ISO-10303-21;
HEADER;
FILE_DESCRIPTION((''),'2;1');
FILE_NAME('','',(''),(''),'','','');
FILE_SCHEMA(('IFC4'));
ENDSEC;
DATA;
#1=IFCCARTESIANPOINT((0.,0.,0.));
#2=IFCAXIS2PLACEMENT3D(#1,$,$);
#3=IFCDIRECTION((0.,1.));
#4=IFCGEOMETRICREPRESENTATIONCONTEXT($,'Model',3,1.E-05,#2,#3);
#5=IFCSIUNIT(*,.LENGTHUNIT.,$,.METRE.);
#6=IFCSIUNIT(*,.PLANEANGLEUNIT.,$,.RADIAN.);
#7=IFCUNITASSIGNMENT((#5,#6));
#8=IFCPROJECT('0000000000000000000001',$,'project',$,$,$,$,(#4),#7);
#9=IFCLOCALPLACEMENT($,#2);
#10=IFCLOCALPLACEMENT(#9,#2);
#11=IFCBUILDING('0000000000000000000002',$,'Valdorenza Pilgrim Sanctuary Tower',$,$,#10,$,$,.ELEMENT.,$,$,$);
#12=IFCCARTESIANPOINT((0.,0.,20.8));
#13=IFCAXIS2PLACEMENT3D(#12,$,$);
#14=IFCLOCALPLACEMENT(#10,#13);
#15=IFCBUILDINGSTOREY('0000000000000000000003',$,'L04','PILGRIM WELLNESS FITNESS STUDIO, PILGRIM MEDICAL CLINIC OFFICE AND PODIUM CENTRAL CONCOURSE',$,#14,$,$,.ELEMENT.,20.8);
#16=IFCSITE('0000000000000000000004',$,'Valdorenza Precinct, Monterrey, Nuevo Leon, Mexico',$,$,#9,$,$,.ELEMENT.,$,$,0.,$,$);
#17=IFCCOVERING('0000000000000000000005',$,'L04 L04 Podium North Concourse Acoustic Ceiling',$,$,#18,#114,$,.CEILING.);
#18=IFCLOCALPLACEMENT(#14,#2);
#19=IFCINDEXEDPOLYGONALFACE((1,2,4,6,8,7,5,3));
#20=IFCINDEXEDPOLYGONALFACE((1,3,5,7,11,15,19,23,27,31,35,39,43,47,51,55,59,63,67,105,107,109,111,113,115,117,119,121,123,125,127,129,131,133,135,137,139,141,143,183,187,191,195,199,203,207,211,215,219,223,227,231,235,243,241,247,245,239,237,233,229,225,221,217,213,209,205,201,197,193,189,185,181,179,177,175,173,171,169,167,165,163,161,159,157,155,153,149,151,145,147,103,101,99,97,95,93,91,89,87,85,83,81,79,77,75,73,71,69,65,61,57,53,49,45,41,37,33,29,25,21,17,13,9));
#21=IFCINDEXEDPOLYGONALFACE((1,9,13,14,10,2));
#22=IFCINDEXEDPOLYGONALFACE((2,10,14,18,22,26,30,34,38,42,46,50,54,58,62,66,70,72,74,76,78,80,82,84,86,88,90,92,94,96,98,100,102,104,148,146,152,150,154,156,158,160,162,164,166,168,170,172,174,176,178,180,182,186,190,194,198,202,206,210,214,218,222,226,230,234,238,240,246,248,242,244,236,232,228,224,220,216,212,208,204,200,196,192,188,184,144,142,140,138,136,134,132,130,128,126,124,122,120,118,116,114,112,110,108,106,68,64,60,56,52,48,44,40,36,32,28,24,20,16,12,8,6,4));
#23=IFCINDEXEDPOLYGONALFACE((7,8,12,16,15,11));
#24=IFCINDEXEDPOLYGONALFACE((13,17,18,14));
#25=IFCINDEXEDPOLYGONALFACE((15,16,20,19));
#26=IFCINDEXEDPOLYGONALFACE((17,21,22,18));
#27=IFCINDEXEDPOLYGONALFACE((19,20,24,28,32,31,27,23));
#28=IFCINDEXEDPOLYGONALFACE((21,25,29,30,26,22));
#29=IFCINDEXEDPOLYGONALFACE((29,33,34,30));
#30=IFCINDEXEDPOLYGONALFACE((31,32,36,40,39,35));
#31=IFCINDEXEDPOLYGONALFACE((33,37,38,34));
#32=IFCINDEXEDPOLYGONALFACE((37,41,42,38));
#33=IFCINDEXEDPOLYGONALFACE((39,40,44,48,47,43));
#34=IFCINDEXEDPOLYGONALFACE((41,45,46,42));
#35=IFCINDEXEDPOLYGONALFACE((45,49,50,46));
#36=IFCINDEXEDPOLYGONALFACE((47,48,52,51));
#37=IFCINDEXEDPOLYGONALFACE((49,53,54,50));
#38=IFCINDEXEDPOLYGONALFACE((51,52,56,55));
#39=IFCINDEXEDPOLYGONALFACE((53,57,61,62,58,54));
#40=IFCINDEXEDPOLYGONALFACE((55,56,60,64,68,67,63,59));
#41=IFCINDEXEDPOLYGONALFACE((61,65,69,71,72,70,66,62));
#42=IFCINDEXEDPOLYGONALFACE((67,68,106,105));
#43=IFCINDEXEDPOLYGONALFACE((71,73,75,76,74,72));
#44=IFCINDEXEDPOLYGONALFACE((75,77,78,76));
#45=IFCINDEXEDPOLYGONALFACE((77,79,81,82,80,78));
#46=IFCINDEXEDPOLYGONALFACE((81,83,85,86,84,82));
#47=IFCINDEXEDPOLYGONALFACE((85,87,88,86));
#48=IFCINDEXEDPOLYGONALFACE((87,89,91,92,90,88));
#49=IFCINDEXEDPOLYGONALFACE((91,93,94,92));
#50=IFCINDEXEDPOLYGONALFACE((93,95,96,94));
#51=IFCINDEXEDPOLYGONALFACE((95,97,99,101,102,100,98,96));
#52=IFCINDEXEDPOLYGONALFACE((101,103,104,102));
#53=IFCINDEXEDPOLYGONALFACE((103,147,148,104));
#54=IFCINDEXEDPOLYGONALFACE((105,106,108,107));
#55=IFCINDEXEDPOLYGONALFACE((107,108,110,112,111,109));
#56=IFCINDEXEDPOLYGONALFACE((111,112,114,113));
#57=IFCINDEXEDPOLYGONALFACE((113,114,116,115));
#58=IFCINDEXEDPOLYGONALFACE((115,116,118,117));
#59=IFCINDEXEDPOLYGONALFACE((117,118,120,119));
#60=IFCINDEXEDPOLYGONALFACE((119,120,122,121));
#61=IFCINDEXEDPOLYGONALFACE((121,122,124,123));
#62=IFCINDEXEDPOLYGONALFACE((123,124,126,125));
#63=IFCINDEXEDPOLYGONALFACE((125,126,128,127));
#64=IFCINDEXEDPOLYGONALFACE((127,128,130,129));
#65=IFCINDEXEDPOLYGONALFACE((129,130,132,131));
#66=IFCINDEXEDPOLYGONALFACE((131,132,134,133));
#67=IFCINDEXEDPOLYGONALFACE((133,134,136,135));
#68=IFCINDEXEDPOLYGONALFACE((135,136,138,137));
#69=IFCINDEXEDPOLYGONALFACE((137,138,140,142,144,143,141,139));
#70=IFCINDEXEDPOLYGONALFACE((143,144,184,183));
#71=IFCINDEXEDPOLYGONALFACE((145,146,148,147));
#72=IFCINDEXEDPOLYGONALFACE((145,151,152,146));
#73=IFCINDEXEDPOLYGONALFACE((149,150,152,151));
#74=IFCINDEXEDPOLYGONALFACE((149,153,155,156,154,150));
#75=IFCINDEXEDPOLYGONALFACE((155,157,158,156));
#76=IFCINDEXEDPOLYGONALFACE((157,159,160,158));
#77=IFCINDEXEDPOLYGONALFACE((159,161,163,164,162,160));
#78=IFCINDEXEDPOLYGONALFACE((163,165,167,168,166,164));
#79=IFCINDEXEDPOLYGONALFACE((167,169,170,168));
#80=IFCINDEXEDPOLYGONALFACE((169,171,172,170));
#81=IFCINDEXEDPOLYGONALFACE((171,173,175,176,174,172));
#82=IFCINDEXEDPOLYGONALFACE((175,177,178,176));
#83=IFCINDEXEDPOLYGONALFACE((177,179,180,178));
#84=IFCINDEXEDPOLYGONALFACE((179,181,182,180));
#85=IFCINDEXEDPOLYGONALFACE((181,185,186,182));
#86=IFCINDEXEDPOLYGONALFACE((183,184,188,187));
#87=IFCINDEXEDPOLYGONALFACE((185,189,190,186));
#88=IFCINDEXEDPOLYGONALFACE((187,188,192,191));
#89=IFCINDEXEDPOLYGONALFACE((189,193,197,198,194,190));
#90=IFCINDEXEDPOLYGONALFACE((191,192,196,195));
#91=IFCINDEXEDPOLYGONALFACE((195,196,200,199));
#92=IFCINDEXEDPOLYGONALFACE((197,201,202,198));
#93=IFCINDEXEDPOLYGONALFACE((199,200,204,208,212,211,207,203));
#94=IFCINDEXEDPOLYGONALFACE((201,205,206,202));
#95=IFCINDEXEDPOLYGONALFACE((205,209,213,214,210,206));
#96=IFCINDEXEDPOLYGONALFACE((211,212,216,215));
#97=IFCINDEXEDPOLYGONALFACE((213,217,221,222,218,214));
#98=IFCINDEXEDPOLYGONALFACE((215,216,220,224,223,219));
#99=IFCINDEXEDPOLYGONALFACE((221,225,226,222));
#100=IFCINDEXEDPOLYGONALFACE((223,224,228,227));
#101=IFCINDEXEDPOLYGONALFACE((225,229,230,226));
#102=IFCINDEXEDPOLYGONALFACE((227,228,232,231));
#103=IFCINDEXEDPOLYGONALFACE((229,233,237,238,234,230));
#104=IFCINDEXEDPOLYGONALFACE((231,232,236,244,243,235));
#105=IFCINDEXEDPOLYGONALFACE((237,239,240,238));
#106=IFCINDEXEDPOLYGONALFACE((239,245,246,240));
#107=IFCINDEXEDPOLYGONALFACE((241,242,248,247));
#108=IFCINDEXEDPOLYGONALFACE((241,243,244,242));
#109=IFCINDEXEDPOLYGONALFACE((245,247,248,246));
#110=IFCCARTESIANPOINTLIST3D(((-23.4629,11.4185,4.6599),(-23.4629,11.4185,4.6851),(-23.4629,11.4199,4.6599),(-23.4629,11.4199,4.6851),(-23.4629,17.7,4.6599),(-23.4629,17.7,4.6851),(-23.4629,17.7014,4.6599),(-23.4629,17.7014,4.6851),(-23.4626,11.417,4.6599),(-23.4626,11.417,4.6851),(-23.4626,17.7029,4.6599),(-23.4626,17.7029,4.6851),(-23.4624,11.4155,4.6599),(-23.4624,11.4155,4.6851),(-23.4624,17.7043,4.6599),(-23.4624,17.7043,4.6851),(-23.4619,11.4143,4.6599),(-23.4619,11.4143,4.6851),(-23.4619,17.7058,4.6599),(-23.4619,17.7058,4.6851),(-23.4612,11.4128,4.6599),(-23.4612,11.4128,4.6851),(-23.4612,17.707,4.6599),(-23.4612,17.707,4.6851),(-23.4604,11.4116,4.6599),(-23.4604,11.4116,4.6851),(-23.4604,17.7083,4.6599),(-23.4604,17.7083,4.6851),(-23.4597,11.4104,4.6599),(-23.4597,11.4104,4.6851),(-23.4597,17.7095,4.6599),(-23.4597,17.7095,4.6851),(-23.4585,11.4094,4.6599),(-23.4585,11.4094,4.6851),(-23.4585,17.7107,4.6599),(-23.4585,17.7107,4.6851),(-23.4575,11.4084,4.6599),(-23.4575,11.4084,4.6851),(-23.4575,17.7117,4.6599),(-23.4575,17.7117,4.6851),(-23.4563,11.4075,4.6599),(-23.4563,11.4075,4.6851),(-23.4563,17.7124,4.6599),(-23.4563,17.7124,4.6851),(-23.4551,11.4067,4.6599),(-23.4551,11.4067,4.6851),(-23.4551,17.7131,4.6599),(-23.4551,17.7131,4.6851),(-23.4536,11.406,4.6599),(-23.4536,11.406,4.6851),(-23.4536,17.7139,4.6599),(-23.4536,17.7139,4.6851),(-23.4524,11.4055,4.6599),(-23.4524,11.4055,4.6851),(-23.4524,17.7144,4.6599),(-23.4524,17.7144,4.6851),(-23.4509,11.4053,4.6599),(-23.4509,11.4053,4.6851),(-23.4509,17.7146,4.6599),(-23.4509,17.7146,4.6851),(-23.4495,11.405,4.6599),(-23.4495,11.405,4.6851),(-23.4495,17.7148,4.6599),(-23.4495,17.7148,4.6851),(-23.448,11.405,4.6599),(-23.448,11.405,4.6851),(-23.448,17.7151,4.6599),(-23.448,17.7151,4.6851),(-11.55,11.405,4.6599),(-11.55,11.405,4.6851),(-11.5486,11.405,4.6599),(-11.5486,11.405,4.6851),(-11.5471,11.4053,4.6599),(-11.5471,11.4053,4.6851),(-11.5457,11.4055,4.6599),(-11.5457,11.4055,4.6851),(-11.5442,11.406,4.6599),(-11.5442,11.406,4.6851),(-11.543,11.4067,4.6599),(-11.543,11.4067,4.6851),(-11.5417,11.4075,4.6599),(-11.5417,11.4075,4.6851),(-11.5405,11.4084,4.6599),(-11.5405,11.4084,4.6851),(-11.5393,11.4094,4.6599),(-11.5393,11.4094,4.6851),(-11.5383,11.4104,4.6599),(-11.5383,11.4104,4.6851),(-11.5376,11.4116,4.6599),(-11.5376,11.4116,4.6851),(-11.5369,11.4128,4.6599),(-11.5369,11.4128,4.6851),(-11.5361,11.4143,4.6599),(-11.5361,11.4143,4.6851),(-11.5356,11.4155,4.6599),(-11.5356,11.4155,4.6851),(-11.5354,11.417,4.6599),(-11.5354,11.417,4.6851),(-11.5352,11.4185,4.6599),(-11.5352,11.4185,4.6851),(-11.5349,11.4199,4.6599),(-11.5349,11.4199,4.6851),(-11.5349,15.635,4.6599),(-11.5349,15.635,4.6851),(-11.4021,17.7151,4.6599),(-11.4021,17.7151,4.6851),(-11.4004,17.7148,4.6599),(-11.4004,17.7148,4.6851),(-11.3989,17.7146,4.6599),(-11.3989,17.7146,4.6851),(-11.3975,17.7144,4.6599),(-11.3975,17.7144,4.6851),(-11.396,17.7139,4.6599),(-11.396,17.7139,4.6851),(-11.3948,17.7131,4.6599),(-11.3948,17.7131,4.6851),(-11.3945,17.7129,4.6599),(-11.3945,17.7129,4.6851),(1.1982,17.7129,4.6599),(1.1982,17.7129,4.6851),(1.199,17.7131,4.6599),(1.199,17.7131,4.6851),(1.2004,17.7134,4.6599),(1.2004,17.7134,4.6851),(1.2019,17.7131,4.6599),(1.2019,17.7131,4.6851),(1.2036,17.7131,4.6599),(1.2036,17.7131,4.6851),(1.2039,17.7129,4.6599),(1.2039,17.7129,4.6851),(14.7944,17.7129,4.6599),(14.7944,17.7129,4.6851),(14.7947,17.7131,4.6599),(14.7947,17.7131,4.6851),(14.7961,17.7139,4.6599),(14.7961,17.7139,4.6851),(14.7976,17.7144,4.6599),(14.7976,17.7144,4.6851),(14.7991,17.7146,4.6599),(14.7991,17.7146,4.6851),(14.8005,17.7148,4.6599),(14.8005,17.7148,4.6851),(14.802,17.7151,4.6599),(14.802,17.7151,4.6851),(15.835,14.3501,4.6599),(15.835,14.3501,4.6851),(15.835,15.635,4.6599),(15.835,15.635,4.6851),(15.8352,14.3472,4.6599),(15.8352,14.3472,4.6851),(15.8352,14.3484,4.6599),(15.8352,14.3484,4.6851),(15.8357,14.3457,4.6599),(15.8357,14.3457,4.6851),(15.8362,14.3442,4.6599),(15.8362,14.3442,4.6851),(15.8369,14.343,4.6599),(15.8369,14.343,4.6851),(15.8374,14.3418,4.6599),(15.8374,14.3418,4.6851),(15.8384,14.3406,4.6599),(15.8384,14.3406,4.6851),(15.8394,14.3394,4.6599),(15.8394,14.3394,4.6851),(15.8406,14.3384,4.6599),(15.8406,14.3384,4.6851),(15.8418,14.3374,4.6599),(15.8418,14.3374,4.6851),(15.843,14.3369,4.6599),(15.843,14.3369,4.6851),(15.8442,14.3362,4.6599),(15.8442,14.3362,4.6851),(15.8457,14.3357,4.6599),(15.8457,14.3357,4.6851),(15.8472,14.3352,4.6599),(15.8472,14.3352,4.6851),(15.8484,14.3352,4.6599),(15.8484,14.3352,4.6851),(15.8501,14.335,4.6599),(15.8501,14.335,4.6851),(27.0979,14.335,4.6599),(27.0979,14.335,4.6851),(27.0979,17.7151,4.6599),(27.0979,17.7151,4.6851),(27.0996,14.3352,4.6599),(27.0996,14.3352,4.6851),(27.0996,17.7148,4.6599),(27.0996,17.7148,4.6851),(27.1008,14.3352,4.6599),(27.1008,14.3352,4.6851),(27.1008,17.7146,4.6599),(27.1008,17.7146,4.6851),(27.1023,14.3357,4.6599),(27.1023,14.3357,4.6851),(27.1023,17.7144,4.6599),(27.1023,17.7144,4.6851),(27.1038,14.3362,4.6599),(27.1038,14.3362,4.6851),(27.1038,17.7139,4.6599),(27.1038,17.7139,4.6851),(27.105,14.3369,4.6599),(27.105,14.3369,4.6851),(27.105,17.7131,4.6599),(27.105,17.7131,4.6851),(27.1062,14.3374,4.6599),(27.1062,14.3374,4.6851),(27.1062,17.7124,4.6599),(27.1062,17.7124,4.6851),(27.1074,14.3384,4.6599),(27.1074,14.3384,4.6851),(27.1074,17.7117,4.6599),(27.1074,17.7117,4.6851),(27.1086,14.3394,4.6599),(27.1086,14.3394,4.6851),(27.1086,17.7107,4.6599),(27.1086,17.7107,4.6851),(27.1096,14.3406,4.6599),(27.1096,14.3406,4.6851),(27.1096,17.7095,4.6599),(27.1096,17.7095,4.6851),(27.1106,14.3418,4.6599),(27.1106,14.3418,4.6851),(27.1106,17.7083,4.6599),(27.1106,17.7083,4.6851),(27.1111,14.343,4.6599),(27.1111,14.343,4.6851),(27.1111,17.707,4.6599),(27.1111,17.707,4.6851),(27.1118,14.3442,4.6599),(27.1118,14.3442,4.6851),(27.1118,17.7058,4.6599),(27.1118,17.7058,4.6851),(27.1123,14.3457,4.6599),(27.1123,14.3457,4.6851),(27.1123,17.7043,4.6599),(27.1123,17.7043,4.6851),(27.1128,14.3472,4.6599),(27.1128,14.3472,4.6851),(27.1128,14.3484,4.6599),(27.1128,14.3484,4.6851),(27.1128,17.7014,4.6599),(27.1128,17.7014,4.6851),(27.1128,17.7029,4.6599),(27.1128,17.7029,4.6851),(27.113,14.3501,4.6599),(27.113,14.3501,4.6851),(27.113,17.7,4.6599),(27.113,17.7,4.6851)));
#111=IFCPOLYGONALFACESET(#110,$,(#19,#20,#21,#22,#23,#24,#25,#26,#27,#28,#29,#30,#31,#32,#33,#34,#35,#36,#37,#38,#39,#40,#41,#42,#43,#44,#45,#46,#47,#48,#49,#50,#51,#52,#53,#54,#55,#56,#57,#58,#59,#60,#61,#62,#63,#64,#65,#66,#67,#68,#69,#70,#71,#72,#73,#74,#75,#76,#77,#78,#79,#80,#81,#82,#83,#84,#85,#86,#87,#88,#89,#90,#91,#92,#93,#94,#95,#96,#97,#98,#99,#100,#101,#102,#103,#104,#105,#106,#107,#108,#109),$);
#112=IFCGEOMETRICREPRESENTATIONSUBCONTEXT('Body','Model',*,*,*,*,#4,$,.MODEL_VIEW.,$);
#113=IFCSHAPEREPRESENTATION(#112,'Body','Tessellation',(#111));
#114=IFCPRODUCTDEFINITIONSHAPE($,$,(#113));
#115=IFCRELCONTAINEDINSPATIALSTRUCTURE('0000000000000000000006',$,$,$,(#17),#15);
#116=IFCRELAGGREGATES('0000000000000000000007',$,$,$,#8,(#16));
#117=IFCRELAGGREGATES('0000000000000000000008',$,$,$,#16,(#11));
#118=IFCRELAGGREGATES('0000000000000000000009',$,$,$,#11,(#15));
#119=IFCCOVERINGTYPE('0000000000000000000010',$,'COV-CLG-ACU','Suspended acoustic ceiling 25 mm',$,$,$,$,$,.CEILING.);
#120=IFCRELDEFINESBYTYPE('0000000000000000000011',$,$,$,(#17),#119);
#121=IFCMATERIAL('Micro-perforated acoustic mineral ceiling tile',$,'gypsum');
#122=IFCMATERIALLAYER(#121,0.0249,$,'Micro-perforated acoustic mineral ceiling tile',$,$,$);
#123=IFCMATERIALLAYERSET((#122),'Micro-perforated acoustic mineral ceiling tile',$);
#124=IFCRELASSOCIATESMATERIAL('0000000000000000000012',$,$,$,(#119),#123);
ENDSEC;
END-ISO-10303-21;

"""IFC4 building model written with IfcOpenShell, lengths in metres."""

from ifc_helpers import new_model, si_unit, direction, frame, origin, place, context, subcontext, project, spatial, polyline, outline, extrude, material, layer, layer_set, type_object, element, save


model = new_model("IFC4")

# Units and contexts
model_context = context("Model", 3, precision=1e-05, world=origin(), true_north=direction((0.0, 1.0)))
body_context = subcontext(model_context, "Body", "Model", "MODEL_VIEW")
ifc_project = project(units=[si_unit("LENGTHUNIT", "METRE"), si_unit("PLANEANGLEUNIT", "RADIAN")], contexts=[model_context])

# Site, building, storey
site_placement = place(None, origin())
site = spatial("IfcSite", under=ifc_project, at=site_placement, Name="Valdorenza Precinct, Monterrey, Nuevo Leon, Mexico", CompositionType="ELEMENT", RefElevation=0.0)
building_placement = place(site_placement, origin())
building = spatial("IfcBuilding", under=site, at=building_placement, Name="Valdorenza Pilgrim Sanctuary Tower", CompositionType="ELEMENT")
storey_placement = place(building_placement, frame((0.0, 0.0, 20.8)))
storey = spatial("IfcBuildingStorey", under=building, at=storey_placement, Name="L04", Description="PILGRIM WELLNESS FITNESS STUDIO, PILGRIM MEDICAL CLINIC OFFICE AND PODIUM CENTRAL CONCOURSE", CompositionType="ELEMENT", Elevation=20.8)

# Covering
ifc_material_1 = material(Name="Micro-perforated acoustic mineral ceiling tile", Category="gypsum")
ifc_layer_1 = layer(ifc_material_1, 0.0249, Name="Micro-perforated acoustic mineral ceiling tile")
ifc_layer_set_1 = layer_set([ifc_layer_1], Name="Micro-perforated acoustic mineral ceiling tile")
covering_type_1 = type_object("IfcCoveringType", Name="COV-CLG-ACU", Description="Suspended acoustic ceiling 25 mm", PredefinedType="CEILING", material=ifc_layer_set_1)
covering_1_placement = place(storey_placement, frame((0.0, 0.0, 4.6599)))
element("IfcCovering", 1, at=covering_1_placement, inside=storey, type_object=covering_type_1, Name="L04 L04 Podium North Concourse Acoustic Ceiling", PredefinedType="CEILING", context=body_context, shape_type="SweptSolid", body=[
    extrude(outline(polyline([(-11.3945, 17.7129), (1.1982, 17.7129), (1.199, 17.7131), (1.2004, 17.7134), (1.2019, 17.7131), (1.2036, 17.7131), (1.2039, 17.7129), (14.7944, 17.7129), (14.7947, 17.7131), (14.7961, 17.7139), (14.7976, 17.7144), (14.7991, 17.7146), (14.8005, 17.7148), (14.802, 17.7151), (27.0979, 17.7151), (27.0996, 17.7148), (27.1008, 17.7146), (27.1023, 17.7144), (27.1038, 17.7139), (27.105, 17.7131), (27.1062, 17.7124), (27.1074, 17.7117), (27.1086, 17.7107), (27.1096, 17.7095), (27.1106, 17.7083), (27.1111, 17.707), (27.1118, 17.7058), (27.1123, 17.7043), (27.1128, 17.7029), (27.1128, 17.7014), (27.113, 17.7), (27.113, 14.3501), (27.1128, 14.3484), (27.1128, 14.3472), (27.1123, 14.3457), (27.1118, 14.3442), (27.1111, 14.343), (27.1106, 14.3418), (27.1096, 14.3406), (27.1086, 14.3394), (27.1074, 14.3384), (27.1062, 14.3374), (27.105, 14.3369), (27.1038, 14.3362), (27.1023, 14.3357), (27.1008, 14.3352), (27.0996, 14.3352), (27.0979, 14.335), (15.8501, 14.335), (15.8484, 14.3352), (15.8472, 14.3352), (15.8457, 14.3357), (15.8442, 14.3362), (15.843, 14.3369), (15.8418, 14.3374), (15.8406, 14.3384), (15.8394, 14.3394), (15.8384, 14.3406), (15.8374, 14.3418), (15.8369, 14.343), (15.8362, 14.3442), (15.8357, 14.3457), (15.8352, 14.3472), (15.8352, 14.3484), (15.835, 14.3501), (15.835, 15.635), (-11.5349, 15.635), (-11.5349, 11.4199), (-11.5352, 11.4185), (-11.5354, 11.417), (-11.5356, 11.4155), (-11.5361, 11.4143), (-11.5369, 11.4128), (-11.5376, 11.4116), (-11.5383, 11.4104), (-11.5393, 11.4094), (-11.5405, 11.4084), (-11.5417, 11.4075), (-11.543, 11.4067), (-11.5442, 11.406), (-11.5457, 11.4055), (-11.5471, 11.4053), (-11.5486, 11.405), (-11.55, 11.405), (-23.448, 11.405), (-23.4495, 11.405), (-23.4509, 11.4053), (-23.4524, 11.4055), (-23.4536, 11.406), (-23.4551, 11.4067), (-23.4563, 11.4075), (-23.4575, 11.4084), (-23.4585, 11.4094), (-23.4597, 11.4104), (-23.4604, 11.4116), (-23.4612, 11.4128), (-23.4619, 11.4143), (-23.4624, 11.4155), (-23.4626, 11.417), (-23.4629, 11.4185), (-23.4629, 11.4199), (-23.4629, 17.7), (-23.4629, 17.7014), (-23.4626, 17.7029), (-23.4624, 17.7043), (-23.4619, 17.7058), (-23.4612, 17.707), (-23.4604, 17.7083), (-23.4597, 17.7095), (-23.4585, 17.7107), (-23.4575, 17.7117), (-23.4563, 17.7124), (-23.4551, 17.7131), (-23.4536, 17.7139), (-23.4524, 17.7144), (-23.4509, 17.7146), (-23.4495, 17.7148), (-23.448, 17.7151), (-11.4021, 17.7151), (-11.4004, 17.7148), (-11.3989, 17.7146), (-11.3975, 17.7144), (-11.396, 17.7139), (-11.3948, 17.7131), (-11.3945, 17.7129)])), origin(), (0.0, 0.0, 1.0), 0.0251),
])

save(model, "model.ifc")
